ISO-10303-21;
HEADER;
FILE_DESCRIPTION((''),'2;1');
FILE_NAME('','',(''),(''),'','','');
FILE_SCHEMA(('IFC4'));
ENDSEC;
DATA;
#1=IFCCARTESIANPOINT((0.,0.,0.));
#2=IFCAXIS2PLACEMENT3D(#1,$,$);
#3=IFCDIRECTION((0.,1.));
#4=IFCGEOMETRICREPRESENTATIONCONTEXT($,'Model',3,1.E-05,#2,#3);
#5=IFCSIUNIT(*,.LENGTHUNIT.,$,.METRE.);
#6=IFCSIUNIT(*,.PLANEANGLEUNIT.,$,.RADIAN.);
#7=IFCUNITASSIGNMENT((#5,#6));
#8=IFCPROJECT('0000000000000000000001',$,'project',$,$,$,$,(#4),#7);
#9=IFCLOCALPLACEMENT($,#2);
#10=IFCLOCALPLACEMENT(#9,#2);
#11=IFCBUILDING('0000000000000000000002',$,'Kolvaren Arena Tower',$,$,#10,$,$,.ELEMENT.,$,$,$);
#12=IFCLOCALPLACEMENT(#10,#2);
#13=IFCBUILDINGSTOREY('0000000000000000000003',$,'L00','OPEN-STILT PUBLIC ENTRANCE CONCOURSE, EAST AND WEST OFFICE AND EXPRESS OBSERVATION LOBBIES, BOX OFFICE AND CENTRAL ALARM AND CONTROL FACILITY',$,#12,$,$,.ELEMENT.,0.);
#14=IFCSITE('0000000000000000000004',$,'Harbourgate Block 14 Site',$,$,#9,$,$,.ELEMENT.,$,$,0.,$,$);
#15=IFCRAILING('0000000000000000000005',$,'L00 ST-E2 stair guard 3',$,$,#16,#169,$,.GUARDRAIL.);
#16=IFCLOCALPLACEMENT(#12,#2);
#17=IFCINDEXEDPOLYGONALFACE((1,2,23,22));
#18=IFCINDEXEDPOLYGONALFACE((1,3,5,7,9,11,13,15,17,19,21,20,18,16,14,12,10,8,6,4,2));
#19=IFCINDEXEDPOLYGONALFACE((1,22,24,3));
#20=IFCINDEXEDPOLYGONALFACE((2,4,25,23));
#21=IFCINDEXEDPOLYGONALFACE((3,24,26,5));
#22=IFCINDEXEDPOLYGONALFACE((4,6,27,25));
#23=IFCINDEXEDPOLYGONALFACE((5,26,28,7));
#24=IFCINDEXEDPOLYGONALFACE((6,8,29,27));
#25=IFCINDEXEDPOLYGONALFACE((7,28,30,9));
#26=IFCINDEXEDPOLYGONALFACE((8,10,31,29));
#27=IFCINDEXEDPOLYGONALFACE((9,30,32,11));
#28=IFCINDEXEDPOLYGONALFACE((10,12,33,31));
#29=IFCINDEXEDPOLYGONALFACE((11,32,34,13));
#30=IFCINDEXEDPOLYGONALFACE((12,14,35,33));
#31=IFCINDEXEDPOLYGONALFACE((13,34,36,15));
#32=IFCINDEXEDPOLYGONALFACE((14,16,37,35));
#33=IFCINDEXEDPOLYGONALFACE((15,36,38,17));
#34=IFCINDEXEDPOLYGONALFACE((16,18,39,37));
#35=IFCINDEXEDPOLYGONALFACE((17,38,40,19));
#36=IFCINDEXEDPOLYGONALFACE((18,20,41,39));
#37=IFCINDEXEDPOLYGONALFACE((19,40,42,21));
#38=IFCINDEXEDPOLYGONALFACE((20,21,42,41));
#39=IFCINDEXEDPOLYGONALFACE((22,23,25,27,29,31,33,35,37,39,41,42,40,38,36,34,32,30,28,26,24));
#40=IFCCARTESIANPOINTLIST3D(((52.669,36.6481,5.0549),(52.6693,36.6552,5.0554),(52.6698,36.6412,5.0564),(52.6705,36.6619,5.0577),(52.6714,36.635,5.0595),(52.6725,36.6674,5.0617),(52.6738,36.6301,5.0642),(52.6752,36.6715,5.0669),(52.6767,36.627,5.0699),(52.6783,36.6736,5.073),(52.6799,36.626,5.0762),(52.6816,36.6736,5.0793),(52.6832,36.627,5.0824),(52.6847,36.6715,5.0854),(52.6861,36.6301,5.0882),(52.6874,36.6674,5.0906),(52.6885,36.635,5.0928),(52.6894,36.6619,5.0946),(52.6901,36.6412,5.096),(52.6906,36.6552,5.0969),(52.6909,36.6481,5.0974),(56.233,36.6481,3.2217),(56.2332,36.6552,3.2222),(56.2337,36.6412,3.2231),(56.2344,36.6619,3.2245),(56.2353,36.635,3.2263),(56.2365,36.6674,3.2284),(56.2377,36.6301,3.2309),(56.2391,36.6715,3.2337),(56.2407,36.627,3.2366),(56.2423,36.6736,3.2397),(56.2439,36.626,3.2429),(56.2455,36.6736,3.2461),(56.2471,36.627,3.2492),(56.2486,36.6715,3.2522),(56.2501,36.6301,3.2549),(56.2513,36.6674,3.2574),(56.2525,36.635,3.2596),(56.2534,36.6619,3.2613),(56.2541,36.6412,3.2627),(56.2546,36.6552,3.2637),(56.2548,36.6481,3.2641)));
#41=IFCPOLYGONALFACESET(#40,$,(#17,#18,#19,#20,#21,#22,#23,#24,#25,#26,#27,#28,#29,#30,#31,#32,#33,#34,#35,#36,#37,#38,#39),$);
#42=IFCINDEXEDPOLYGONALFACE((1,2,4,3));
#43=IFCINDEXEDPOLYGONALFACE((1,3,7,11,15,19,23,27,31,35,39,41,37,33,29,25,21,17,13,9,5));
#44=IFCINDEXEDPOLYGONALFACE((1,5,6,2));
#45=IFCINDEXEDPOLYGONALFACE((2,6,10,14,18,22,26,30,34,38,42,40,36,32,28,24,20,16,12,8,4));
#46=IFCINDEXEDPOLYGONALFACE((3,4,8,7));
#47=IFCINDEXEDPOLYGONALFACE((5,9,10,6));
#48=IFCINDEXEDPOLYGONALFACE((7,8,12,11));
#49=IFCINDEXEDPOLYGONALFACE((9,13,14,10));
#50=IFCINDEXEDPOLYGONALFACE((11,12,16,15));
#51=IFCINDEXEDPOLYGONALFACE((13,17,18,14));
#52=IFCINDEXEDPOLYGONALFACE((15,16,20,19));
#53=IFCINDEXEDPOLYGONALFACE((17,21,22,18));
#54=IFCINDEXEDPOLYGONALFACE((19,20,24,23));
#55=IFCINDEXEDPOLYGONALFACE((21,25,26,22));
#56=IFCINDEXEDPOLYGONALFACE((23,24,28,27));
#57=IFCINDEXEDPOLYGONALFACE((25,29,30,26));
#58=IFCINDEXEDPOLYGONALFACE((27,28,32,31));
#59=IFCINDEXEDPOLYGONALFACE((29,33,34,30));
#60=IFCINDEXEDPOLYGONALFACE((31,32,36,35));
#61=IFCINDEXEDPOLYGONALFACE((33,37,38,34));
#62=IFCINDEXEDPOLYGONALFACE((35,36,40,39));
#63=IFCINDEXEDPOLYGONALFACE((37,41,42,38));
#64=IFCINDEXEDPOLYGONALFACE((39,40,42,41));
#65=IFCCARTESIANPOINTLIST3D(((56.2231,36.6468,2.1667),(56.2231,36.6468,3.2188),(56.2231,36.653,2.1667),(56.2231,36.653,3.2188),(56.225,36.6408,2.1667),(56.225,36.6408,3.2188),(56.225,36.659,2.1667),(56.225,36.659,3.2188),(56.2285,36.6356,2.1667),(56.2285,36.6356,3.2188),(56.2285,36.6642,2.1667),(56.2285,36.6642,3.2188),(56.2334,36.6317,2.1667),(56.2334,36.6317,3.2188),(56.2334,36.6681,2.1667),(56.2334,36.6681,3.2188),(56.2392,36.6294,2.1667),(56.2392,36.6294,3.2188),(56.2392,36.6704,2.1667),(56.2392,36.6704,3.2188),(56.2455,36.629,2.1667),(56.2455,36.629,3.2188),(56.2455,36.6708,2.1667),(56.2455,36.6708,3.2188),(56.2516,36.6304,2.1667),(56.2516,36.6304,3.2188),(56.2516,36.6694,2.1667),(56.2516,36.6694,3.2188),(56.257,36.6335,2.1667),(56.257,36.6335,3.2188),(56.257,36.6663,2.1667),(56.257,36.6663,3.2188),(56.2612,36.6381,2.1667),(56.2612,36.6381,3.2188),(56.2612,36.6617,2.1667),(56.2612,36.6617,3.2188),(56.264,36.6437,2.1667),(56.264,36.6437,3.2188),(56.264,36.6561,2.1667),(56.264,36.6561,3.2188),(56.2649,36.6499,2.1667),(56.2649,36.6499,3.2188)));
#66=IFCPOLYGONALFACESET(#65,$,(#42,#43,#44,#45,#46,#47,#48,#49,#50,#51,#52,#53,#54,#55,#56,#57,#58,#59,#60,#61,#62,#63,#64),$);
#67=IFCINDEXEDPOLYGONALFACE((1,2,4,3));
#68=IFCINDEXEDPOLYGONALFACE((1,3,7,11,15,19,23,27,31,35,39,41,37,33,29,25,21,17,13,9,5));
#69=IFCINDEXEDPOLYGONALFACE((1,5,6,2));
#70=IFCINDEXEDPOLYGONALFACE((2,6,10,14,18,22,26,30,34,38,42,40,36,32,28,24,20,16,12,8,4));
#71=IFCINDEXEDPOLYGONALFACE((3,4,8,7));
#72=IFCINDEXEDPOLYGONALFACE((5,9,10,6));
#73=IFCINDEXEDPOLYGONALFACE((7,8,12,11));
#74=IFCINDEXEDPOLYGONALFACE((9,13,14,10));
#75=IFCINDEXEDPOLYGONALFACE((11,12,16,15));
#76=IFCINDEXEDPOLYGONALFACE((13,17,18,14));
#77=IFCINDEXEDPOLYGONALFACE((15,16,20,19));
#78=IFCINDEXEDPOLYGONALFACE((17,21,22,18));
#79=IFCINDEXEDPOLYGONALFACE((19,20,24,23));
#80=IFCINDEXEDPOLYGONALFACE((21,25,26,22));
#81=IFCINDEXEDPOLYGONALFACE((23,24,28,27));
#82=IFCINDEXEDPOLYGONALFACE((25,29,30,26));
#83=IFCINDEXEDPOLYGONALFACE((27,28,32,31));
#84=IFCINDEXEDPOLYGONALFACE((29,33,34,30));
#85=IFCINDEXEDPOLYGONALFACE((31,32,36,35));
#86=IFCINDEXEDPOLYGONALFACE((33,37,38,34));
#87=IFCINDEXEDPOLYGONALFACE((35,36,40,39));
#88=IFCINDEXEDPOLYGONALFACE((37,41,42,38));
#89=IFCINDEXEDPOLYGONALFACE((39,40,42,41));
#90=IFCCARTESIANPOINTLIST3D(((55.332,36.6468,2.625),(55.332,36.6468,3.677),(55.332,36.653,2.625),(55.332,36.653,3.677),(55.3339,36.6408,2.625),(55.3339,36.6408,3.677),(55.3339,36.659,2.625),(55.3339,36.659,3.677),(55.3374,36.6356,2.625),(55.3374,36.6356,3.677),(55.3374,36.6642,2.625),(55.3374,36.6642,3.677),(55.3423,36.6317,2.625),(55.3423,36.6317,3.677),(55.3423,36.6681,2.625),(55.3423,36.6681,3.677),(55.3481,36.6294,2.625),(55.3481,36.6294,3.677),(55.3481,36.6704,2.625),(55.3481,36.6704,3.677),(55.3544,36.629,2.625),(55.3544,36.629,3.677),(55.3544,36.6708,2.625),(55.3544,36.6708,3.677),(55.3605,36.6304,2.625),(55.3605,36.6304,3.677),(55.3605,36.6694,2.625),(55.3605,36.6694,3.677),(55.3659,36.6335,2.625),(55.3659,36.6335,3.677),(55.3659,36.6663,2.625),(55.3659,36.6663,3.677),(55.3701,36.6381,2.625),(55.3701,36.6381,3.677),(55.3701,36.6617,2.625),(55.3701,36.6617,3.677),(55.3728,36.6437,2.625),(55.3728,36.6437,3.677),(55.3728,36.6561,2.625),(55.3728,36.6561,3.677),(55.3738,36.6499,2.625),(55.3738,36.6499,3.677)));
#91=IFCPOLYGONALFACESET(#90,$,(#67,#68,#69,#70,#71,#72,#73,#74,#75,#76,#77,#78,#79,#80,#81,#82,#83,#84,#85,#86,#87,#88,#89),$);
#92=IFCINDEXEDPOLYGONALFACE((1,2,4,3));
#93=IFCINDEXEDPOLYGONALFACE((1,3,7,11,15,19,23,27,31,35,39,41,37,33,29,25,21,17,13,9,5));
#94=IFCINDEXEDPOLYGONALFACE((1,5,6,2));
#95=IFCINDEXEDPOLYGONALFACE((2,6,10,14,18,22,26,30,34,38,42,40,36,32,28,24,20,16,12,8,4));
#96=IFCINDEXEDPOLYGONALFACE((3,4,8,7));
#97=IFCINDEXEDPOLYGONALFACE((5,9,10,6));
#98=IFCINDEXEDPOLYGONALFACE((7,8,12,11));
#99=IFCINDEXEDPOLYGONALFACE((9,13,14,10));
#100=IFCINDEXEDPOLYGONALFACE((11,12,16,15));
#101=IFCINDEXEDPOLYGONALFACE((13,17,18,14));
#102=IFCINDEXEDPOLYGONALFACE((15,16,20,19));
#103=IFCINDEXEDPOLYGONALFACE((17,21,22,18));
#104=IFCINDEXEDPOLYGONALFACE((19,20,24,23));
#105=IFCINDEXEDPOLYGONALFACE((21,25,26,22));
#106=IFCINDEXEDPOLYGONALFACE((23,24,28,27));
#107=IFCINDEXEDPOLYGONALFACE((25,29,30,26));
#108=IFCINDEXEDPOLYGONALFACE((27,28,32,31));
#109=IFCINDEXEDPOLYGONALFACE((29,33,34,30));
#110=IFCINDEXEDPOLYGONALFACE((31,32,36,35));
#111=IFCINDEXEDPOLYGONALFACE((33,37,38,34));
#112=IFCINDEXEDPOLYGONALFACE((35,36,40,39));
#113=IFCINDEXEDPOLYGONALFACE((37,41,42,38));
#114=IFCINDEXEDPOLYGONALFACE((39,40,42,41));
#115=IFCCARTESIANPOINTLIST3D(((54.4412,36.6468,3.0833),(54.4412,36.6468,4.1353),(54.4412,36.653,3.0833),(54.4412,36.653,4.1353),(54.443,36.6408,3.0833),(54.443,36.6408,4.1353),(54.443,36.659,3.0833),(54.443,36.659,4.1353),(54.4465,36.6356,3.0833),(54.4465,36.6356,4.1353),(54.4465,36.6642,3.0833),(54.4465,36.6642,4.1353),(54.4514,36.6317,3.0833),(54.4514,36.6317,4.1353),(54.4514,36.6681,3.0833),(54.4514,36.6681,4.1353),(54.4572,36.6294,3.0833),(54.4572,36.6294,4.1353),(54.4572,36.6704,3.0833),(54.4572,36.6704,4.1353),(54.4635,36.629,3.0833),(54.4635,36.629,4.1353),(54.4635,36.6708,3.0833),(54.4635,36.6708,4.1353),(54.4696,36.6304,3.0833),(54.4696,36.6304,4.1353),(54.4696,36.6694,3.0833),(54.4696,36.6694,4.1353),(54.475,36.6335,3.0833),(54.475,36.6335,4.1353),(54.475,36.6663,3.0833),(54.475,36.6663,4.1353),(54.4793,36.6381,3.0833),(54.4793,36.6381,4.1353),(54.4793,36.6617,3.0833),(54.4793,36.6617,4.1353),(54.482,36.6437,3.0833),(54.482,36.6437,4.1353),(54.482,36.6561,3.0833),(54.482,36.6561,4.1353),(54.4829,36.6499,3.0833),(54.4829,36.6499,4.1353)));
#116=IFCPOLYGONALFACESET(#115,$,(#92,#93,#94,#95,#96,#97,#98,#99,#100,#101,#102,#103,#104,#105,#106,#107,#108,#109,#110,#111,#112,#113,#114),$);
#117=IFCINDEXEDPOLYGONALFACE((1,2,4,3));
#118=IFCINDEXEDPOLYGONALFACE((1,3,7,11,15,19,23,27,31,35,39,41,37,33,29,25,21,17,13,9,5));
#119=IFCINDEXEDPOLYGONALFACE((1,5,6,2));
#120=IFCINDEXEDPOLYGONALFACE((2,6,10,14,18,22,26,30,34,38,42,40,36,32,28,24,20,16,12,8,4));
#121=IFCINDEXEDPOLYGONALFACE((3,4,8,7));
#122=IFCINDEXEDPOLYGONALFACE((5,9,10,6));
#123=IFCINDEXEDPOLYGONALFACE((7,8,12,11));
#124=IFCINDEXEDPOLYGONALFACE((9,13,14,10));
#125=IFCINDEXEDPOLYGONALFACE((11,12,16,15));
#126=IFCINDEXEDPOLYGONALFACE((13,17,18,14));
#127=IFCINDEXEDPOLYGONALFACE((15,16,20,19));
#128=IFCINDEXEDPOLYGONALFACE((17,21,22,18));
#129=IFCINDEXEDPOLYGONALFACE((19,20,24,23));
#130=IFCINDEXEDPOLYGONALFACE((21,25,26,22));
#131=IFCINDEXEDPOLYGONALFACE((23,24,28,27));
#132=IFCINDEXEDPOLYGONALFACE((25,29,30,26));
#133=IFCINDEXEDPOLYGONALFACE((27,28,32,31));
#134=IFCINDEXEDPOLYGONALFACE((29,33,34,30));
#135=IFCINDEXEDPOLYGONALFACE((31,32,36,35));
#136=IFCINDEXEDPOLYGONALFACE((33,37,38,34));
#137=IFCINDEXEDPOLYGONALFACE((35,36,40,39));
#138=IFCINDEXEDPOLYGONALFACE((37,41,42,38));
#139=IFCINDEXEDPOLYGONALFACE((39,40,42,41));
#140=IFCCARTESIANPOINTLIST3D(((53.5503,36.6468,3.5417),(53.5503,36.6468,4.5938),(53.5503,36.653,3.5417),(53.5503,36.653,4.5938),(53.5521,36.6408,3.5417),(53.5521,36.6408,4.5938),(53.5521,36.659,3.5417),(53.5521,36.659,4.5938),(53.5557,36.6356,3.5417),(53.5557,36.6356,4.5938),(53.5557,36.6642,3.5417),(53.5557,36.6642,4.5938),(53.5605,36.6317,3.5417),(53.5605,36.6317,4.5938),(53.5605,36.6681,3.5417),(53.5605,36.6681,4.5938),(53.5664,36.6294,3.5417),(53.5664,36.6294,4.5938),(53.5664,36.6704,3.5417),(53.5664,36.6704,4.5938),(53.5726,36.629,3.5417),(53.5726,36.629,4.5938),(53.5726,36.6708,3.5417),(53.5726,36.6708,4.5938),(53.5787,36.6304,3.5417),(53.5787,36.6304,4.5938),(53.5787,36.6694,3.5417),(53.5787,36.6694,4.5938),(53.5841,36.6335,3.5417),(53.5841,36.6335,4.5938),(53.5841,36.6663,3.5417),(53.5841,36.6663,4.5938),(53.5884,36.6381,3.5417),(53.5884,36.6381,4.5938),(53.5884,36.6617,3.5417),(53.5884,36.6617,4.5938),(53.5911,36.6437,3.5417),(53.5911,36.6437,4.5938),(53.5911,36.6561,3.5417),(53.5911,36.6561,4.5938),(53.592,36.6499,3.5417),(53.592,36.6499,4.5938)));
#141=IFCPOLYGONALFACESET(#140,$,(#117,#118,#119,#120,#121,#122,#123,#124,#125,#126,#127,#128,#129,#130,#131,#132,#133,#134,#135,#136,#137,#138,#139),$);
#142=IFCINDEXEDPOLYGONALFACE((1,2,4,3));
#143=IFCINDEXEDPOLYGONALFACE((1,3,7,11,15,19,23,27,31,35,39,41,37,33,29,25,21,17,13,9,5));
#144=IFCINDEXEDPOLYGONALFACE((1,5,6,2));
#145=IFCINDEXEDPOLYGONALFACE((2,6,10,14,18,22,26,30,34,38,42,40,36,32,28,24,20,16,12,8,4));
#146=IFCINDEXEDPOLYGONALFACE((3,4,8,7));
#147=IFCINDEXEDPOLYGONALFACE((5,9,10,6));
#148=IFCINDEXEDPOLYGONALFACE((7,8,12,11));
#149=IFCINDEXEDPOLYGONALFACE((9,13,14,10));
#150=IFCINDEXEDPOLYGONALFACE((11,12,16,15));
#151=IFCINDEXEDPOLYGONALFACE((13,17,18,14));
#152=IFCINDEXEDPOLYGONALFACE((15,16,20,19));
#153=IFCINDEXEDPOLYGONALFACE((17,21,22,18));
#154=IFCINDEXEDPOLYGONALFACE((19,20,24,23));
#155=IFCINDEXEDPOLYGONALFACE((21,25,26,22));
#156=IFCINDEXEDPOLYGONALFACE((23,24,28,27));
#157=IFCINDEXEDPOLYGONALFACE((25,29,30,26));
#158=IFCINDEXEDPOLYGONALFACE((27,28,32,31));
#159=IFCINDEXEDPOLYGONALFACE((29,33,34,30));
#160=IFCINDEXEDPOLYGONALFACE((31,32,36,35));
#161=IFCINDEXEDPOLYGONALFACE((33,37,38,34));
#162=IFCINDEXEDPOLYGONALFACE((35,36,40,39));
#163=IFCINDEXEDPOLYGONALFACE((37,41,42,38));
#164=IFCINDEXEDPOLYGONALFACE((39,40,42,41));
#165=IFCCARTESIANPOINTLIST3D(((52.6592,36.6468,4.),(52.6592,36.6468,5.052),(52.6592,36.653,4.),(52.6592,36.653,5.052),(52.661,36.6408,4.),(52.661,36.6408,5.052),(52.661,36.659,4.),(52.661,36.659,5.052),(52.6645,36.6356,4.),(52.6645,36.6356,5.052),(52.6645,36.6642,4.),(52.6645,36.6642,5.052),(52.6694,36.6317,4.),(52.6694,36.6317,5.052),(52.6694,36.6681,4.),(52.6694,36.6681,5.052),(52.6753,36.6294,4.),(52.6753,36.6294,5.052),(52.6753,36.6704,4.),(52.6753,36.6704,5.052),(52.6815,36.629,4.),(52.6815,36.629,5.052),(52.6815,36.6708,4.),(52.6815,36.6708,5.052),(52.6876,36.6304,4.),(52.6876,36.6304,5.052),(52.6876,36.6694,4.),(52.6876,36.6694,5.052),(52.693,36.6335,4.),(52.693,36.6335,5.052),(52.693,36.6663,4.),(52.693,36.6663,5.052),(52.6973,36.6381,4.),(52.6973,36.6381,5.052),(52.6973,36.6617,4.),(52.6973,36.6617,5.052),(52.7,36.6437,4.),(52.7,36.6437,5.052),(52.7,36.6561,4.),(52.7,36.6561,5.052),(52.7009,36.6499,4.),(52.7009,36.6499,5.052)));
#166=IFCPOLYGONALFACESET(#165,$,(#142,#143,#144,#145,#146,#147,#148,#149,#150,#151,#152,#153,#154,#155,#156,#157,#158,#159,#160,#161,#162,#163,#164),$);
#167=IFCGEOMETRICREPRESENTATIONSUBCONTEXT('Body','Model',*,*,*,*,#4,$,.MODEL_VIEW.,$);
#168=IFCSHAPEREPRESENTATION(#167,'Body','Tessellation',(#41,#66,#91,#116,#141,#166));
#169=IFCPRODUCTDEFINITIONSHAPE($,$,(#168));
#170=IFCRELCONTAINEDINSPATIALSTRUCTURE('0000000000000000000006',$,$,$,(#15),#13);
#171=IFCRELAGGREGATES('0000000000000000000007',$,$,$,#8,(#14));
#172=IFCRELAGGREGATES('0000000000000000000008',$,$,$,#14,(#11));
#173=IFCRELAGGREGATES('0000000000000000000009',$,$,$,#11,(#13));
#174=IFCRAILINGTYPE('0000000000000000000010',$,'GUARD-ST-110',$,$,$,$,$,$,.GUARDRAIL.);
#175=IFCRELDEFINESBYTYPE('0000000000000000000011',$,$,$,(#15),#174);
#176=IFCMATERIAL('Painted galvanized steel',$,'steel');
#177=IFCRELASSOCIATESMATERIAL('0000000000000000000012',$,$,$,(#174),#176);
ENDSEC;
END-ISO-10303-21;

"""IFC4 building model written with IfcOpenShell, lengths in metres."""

from ifc_helpers import new_model, si_unit, direction, frame, origin, origin_2d, place, context, subcontext, project, spatial, circle, extrude, material, type_object, element, save


model = new_model("IFC4")

# Units and contexts
model_context = context("Model", 3, precision=1e-05, world=origin(), true_north=direction((0.0, 1.0)))
body_context = subcontext(model_context, "Body", "Model", "MODEL_VIEW")
ifc_project = project(units=[si_unit("LENGTHUNIT", "METRE"), si_unit("PLANEANGLEUNIT", "RADIAN")], contexts=[model_context])

# Site, building, storey
site_placement = place(None, origin())
site = spatial("IfcSite", under=ifc_project, at=site_placement, Name="Harbourgate Block 14 Site", CompositionType="ELEMENT", RefElevation=0.0)
building_placement = place(site_placement, origin())
building = spatial("IfcBuilding", under=site, at=building_placement, Name="Kolvaren Arena Tower", CompositionType="ELEMENT")
storey_placement = place(building_placement, origin())
storey = spatial("IfcBuildingStorey", under=building, at=storey_placement, Name="L00", Description="OPEN-STILT PUBLIC ENTRANCE CONCOURSE, EAST AND WEST OFFICE AND EXPRESS OBSERVATION LOBBIES, BOX OFFICE AND CENTRAL ALARM AND CONTROL FACILITY", CompositionType="ELEMENT", Elevation=0.0)

# Railing
ifc_material_1 = material(Name="Painted galvanized steel", Category="steel")
railing_type_1 = type_object("IfcRailingType", Name="GUARD-ST-110", PredefinedType="GUARDRAIL", material=ifc_material_1)
railing_1_placement = place(storey_placement, frame((56.2439, 36.6499, 2.1667)))
element("IfcRailing", 1, at=railing_1_placement, inside=storey, type_object=railing_type_1, Name="L00 ST-E2 stair guard 3", PredefinedType="GUARDRAIL", context=body_context, shape_type="SweptSolid", body=[
    extrude(circle(Radius=0.0239, at=origin_2d()), frame((0.0, 0.0, 1.0762), z_axis=(-0.889252, 0.0, 0.457418), x_axis=(0.0, -1.0, 0.0)), (0.0, 0.0, 1.0), 4.0078),
    extrude(circle(Radius=0.021, at=origin_2d()), origin(), (0.0, 0.0, 1.0), 1.052),
    extrude(circle(Radius=0.021, at=origin_2d()), frame((-0.8911, 0.0, 0.4583)), (0.0, 0.0, 1.0), 1.052),
    extrude(circle(Radius=0.021, at=origin_2d()), frame((-1.782, 0.0, 0.9165)), (0.0, 0.0, 1.0), 1.052),
    extrude(circle(Radius=0.021, at=origin_2d()), frame((-2.6729, 0.0, 1.375)), (0.0, 0.0, 1.0), 1.052),
    extrude(circle(Radius=0.021, at=origin_2d()), frame((-3.564, 0.0, 1.8333)), (0.0, 0.0, 1.0), 1.052),
])

save(model, "model.ifc")
